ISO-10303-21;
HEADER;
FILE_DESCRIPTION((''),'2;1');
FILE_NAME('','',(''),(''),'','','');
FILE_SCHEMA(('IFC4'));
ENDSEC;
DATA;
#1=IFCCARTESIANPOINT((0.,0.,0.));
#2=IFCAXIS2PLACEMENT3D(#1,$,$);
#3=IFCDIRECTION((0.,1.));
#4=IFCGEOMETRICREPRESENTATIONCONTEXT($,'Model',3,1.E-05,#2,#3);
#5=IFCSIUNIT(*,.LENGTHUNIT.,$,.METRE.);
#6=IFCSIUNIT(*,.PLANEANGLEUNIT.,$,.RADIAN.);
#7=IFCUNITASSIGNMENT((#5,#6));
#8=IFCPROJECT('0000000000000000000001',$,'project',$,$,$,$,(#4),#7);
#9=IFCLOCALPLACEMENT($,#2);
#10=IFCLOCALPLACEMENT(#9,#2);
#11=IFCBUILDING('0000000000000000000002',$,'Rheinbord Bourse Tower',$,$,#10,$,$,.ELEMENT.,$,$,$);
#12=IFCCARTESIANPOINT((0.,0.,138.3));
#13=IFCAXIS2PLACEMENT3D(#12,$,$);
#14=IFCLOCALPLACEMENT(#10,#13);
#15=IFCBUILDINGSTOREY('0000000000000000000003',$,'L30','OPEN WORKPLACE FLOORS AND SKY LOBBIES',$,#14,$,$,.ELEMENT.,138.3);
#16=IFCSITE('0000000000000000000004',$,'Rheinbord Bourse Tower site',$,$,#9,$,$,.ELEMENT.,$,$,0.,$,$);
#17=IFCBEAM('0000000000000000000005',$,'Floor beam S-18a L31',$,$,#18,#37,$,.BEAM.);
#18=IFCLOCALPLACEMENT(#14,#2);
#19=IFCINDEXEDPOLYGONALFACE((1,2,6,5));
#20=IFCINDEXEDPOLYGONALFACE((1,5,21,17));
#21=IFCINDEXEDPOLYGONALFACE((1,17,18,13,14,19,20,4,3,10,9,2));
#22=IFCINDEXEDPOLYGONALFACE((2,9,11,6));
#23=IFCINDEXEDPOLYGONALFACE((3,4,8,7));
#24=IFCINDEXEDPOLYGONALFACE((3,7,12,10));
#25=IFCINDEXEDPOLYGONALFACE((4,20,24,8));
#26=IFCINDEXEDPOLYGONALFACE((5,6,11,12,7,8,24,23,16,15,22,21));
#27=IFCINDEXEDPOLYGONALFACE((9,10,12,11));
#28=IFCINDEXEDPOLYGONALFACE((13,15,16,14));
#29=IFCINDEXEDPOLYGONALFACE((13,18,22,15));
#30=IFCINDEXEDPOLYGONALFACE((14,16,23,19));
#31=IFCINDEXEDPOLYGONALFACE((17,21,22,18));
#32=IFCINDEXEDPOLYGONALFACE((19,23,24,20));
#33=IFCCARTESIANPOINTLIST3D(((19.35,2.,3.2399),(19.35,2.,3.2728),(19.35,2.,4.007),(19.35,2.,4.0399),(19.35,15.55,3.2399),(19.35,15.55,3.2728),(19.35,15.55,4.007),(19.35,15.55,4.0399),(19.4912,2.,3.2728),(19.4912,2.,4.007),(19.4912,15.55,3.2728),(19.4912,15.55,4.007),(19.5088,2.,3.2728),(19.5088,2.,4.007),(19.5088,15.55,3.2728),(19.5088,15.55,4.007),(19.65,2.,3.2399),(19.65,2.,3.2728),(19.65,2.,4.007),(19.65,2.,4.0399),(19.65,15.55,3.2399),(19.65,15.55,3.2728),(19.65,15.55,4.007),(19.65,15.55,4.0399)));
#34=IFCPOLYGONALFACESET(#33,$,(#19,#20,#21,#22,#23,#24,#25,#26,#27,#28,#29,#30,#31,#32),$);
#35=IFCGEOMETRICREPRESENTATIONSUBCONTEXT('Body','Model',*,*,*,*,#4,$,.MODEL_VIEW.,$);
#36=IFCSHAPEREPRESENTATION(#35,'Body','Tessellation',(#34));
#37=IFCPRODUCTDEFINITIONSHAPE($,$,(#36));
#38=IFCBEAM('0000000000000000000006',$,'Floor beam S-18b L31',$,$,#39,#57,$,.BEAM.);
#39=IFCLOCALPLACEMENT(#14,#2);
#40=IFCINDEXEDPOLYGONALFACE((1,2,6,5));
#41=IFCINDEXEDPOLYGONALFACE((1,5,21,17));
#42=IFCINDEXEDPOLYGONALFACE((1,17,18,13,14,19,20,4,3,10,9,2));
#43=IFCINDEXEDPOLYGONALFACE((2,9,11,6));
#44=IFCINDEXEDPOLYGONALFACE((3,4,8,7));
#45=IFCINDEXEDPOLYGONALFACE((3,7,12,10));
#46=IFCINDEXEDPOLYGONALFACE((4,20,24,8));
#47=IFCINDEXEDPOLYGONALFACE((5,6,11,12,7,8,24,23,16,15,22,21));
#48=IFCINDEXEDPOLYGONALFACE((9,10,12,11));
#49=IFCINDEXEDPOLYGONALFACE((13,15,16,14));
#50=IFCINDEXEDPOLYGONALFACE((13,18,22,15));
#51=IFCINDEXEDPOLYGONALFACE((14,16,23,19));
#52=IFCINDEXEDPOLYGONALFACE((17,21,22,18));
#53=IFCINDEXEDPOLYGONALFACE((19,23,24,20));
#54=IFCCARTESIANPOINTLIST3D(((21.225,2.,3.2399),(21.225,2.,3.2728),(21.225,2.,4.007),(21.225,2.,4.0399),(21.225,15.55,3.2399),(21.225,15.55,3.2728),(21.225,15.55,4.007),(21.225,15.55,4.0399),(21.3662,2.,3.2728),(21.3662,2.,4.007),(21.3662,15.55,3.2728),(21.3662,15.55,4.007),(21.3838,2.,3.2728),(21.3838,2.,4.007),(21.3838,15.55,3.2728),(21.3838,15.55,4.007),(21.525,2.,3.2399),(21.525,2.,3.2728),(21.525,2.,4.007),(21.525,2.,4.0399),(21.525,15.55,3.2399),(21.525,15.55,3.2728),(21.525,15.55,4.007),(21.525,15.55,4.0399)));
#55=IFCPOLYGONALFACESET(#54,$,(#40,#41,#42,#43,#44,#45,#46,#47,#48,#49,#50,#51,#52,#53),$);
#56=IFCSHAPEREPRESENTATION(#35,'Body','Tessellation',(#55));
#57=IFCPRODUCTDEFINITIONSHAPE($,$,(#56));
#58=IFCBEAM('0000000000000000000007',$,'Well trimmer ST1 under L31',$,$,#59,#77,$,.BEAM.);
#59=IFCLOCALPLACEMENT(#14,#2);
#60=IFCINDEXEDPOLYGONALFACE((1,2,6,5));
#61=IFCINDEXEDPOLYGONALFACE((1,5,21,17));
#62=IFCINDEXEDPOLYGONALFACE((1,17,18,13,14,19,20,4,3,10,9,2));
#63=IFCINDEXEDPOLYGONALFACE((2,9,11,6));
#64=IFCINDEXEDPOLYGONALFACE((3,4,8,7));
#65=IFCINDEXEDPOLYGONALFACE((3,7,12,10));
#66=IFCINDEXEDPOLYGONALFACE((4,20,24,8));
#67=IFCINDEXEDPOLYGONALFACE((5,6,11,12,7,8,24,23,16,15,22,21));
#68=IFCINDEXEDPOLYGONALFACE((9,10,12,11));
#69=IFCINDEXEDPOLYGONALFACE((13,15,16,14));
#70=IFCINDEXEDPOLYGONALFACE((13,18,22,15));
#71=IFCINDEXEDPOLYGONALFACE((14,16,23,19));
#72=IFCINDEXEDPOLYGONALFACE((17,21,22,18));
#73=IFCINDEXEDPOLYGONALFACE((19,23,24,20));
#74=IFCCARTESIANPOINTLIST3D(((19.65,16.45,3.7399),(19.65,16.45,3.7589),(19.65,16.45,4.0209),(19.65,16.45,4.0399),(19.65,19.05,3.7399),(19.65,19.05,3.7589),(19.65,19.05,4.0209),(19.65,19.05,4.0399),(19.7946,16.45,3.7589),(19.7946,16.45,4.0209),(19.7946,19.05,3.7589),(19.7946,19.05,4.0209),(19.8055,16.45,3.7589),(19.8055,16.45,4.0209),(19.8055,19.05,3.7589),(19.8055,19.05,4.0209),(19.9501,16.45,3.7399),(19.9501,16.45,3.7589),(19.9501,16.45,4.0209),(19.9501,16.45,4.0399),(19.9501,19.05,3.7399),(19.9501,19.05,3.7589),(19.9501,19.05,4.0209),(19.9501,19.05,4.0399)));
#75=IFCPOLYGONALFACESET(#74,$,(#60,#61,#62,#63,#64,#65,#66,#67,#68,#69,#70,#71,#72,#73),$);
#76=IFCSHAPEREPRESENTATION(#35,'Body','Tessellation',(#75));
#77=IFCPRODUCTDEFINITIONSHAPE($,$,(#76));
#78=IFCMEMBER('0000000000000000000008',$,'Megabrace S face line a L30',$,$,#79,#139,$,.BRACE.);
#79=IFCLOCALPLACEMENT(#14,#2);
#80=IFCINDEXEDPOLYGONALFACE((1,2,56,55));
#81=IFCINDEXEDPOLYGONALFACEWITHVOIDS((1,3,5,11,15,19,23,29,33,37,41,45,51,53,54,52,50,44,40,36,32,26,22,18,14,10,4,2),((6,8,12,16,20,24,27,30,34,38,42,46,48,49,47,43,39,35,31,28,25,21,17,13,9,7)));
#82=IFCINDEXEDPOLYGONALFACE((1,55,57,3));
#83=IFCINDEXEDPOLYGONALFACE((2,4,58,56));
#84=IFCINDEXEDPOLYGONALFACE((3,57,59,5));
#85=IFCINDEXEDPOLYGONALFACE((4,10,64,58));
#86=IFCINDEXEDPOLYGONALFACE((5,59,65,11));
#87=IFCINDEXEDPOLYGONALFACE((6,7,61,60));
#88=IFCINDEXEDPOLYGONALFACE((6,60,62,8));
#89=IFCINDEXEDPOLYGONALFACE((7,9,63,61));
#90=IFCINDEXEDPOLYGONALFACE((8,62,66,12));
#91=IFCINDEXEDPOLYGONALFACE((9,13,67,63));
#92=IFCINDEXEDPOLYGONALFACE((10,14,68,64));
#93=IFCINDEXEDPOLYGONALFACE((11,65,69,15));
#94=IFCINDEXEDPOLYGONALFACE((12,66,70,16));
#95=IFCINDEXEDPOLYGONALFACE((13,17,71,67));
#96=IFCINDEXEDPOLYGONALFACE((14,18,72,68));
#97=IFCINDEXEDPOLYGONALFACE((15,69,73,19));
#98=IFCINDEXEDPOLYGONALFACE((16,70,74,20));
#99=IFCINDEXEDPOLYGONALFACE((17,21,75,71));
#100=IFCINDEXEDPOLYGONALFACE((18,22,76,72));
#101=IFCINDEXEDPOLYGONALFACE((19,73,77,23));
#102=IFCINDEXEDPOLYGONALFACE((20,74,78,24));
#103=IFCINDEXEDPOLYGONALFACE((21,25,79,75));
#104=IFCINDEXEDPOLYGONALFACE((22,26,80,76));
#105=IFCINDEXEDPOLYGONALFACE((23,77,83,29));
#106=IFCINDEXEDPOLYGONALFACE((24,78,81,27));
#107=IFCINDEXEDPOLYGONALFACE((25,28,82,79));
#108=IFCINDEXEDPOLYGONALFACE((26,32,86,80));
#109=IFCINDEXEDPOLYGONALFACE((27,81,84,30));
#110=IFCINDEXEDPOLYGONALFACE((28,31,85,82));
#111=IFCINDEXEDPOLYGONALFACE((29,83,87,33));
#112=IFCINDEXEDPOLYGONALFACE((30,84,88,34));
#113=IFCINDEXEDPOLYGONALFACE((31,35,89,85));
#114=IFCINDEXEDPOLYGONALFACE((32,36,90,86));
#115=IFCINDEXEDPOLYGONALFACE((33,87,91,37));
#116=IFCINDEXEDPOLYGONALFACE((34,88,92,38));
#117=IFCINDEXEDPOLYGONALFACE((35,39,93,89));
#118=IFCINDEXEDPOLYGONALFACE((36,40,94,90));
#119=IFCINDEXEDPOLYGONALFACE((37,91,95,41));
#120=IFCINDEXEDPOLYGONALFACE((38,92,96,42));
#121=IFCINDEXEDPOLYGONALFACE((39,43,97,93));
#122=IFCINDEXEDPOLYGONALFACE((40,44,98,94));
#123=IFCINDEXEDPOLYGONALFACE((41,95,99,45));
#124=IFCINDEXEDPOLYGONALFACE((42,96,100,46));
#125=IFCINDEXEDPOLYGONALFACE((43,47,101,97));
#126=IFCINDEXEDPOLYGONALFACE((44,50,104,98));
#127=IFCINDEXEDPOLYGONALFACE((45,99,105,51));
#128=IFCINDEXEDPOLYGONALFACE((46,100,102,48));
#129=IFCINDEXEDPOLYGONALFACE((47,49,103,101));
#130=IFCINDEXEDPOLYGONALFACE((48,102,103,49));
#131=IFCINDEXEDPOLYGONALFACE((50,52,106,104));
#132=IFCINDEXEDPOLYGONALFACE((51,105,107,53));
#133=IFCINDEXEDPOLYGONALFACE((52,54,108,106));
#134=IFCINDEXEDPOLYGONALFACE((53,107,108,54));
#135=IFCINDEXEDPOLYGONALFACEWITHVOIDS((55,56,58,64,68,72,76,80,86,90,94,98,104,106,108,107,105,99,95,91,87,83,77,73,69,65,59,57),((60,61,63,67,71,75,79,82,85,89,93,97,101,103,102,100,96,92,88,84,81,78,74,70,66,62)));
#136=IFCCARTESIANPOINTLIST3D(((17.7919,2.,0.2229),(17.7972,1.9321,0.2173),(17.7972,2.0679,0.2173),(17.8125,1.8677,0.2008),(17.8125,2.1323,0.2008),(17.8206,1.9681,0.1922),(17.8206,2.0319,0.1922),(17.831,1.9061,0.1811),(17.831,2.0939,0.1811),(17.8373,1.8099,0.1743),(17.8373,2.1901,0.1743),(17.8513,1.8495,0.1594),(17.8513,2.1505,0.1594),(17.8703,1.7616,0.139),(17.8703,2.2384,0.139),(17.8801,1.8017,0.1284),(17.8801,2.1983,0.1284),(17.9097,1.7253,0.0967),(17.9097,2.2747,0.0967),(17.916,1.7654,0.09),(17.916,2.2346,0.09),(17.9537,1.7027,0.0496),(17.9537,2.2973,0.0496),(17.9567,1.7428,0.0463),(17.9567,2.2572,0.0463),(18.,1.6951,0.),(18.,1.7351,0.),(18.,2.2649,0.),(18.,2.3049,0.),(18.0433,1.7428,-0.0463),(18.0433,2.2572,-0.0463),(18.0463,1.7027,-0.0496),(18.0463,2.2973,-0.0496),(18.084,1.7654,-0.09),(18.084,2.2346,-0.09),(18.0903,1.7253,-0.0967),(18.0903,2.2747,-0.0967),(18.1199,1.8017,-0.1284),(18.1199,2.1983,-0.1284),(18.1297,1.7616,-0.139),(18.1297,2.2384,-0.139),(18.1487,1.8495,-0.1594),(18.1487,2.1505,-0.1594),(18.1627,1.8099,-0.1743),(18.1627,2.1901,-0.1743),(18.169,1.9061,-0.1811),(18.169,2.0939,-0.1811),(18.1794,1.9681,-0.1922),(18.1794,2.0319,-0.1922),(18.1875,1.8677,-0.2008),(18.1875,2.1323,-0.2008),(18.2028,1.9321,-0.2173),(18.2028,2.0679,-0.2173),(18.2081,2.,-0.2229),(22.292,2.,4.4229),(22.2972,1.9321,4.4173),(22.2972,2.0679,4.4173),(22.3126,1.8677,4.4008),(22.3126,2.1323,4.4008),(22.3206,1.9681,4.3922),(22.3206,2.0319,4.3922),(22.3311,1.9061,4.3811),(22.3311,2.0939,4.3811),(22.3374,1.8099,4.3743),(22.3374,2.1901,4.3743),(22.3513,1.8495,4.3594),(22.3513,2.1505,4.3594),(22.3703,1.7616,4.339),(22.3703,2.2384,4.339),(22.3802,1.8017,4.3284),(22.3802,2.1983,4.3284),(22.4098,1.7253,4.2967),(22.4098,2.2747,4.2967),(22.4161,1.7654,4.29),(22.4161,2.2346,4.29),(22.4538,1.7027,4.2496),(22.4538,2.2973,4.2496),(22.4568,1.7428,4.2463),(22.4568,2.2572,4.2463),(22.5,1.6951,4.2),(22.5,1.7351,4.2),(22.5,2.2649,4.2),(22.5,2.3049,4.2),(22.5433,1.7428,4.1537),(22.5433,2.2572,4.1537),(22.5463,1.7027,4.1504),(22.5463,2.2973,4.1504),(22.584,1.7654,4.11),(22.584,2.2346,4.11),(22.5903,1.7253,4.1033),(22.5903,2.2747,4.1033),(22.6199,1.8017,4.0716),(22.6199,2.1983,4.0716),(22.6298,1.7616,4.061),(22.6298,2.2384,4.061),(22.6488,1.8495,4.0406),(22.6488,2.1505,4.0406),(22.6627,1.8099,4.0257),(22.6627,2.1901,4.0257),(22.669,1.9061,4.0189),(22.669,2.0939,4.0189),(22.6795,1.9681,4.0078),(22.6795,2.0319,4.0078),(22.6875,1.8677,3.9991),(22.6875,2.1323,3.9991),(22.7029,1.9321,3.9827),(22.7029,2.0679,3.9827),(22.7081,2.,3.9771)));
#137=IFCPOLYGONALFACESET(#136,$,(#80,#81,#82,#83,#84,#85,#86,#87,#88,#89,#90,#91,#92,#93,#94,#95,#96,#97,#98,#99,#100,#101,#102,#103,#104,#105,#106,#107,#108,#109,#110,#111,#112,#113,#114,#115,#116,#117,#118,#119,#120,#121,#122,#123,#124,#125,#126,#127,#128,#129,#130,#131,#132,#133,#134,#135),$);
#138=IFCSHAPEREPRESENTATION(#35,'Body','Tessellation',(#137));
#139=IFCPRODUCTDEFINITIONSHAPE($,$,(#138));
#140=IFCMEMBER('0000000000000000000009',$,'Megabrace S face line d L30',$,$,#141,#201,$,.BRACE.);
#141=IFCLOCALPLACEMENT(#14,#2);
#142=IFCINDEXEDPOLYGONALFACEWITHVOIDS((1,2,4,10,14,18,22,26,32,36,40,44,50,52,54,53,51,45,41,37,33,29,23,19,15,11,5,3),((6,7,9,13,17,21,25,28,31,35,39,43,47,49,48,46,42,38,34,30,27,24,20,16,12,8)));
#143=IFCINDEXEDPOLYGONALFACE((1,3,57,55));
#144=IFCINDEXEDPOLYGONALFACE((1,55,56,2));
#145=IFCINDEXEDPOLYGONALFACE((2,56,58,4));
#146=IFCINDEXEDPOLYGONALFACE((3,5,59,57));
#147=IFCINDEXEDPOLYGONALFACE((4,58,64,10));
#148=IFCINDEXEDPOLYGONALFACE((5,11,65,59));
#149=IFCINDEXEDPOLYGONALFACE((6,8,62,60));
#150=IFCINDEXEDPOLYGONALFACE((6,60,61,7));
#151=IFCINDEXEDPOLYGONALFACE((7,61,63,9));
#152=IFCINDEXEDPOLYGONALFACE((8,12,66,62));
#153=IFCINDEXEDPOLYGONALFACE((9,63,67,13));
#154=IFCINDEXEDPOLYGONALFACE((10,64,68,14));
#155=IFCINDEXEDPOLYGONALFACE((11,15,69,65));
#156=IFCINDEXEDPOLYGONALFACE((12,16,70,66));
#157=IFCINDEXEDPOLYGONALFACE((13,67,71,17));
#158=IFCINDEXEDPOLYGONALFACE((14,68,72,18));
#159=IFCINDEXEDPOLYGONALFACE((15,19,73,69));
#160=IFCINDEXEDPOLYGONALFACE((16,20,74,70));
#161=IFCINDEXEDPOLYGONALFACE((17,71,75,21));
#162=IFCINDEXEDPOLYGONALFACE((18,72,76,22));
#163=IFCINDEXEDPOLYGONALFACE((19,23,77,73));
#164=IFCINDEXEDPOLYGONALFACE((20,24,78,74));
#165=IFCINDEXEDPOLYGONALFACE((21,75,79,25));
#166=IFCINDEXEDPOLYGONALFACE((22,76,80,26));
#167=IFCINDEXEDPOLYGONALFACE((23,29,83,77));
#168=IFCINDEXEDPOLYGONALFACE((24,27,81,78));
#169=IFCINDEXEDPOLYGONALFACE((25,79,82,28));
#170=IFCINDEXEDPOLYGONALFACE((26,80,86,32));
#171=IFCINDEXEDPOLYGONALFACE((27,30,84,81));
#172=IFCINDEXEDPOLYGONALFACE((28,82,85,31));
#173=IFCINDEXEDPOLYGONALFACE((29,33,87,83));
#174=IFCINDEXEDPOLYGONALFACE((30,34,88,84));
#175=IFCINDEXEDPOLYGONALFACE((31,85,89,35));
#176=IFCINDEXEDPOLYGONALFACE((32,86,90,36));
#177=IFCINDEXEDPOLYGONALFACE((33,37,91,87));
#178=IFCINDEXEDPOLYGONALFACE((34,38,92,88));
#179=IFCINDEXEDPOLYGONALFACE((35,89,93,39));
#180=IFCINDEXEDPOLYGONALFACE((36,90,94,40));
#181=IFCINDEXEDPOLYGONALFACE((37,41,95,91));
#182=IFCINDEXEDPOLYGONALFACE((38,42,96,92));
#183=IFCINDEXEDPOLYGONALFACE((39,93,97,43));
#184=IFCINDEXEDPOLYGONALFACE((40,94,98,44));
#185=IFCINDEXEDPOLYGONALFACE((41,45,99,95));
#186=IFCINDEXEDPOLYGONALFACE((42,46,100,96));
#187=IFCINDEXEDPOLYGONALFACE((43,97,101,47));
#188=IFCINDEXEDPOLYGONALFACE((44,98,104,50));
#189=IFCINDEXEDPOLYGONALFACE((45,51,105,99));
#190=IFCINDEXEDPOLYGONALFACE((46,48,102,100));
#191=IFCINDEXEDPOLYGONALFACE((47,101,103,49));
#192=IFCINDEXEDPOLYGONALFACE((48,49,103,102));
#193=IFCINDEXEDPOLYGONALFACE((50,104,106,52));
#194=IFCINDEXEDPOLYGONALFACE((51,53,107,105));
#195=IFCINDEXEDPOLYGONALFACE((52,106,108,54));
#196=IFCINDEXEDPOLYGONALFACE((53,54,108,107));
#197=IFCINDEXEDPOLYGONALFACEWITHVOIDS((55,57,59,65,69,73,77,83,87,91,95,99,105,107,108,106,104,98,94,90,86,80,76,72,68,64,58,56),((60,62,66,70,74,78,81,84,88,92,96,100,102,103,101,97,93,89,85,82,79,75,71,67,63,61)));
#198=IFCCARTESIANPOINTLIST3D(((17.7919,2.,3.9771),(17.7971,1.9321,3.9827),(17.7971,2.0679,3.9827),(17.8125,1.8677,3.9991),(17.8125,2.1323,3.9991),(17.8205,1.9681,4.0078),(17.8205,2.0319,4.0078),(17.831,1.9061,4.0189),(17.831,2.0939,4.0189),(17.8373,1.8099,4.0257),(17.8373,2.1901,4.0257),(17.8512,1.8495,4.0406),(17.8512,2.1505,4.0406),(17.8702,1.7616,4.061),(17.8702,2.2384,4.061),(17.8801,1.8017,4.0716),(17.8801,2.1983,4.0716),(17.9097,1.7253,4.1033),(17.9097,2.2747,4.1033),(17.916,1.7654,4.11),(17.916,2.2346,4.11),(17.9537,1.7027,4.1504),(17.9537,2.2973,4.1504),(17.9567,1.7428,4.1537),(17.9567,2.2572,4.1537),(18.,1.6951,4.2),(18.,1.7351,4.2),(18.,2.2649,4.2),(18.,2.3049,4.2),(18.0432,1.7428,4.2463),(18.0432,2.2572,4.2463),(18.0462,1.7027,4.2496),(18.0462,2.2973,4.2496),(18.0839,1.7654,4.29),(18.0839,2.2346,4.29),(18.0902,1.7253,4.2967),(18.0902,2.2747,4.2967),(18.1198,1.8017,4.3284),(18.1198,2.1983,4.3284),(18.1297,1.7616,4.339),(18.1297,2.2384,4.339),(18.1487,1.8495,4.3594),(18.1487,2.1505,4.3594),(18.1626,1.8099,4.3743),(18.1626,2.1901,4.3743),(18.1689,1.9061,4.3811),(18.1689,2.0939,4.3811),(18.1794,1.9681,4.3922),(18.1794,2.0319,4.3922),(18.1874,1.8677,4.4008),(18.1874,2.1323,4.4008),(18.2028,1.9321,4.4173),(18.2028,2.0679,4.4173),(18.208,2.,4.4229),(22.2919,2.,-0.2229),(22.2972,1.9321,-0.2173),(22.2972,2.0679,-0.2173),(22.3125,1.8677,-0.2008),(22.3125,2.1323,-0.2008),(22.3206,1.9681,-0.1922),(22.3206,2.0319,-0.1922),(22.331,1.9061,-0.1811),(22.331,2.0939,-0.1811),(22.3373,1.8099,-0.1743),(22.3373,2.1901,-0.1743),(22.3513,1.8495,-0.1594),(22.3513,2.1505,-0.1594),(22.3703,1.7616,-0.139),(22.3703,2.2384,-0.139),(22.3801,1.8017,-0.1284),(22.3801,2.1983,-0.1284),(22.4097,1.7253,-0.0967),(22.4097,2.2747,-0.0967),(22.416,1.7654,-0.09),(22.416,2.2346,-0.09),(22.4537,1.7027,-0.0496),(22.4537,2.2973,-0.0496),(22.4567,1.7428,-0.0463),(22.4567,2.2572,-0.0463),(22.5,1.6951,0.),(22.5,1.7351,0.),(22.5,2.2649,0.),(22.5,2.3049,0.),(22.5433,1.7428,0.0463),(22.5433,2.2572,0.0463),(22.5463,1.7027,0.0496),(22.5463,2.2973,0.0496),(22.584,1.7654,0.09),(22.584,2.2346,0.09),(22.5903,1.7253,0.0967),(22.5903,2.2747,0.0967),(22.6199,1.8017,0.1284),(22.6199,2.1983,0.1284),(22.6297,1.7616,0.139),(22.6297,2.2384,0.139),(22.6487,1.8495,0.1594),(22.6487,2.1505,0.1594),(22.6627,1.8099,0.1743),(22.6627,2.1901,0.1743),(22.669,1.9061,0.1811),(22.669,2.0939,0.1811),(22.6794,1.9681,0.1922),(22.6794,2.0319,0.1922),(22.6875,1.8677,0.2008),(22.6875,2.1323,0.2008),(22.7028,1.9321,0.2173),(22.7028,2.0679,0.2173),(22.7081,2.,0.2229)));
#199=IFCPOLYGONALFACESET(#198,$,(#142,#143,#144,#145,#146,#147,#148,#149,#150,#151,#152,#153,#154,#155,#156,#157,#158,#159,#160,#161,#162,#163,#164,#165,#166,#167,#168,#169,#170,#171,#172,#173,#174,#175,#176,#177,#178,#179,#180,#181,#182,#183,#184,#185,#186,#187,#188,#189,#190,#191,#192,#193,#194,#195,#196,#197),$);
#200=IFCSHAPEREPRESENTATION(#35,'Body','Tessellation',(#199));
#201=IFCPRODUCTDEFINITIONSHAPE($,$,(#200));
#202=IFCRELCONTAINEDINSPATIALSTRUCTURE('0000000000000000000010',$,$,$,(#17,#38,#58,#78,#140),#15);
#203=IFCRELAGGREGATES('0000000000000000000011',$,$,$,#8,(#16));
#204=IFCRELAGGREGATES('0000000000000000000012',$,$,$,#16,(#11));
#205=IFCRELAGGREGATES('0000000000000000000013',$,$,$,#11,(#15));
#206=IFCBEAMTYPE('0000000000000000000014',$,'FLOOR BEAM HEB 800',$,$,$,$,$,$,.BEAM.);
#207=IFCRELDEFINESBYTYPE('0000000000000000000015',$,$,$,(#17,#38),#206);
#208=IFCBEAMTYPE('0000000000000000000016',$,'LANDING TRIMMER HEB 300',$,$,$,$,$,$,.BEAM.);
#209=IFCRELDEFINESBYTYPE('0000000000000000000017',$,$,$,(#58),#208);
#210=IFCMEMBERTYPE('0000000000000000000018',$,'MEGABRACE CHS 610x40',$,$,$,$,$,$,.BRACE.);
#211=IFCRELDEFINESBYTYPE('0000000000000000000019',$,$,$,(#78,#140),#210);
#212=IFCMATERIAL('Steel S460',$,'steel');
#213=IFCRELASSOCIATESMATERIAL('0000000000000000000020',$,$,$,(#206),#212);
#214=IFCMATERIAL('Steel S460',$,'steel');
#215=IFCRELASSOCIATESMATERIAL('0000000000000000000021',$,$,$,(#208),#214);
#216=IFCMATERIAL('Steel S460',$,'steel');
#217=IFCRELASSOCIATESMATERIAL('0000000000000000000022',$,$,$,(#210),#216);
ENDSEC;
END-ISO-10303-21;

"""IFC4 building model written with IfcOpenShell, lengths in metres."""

from ifc_helpers import new_model, si_unit, direction, frame, origin, origin_2d, place, context, subcontext, project, spatial, hollow_circle, i_section, extrude, material, material_profile, profile_set, type_object, element, save


model = new_model("IFC4")

# Units and contexts
model_context = context("Model", 3, precision=1e-05, world=origin(), true_north=direction((0.0, 1.0)))
body_context = subcontext(model_context, "Body", "Model", "MODEL_VIEW")
ifc_project = project(units=[si_unit("LENGTHUNIT", "METRE"), si_unit("PLANEANGLEUNIT", "RADIAN")], contexts=[model_context])

# Site, building, storey
site_placement = place(None, origin())
site = spatial("IfcSite", under=ifc_project, at=site_placement, Name="Rheinbord Bourse Tower site", CompositionType="ELEMENT", RefElevation=0.0)
building_placement = place(site_placement, origin())
building = spatial("IfcBuilding", under=site, at=building_placement, Name="Rheinbord Bourse Tower", CompositionType="ELEMENT")
storey_placement = place(building_placement, frame((0.0, 0.0, 138.3)))
storey = spatial("IfcBuildingStorey", under=building, at=storey_placement, Name="L30", Description="OPEN WORKPLACE FLOORS AND SKY LOBBIES", CompositionType="ELEMENT", Elevation=138.3)

# Beams
ifc_material_1 = material(Name="Steel S460", Category="steel")
ifc_material_profile_1 = material_profile(ifc_material_1, i_section(OverallWidth=0.3, OverallDepth=0.8, WebThickness=0.0176, FlangeThickness=0.033, at=origin_2d()), Name="HEB 800")
ifc_profile_set_1 = profile_set([ifc_material_profile_1], Name="Steel S460")
beam_type_1 = type_object("IfcBeamType", Name="FLOOR BEAM HEB 800", PredefinedType="BEAM", material=ifc_profile_set_1)
for number, where, z_axis, x_axis, name in (
    (1, (19.5, 2.0, 3.6399), (0.0, 1.0, 0.0), (-1.0, 0.0, 0.0), "Floor beam S-18a L31"),
    (2, (21.375, 2.0, 3.6399), (0.0, 1.0, 0.0), (-1.0, 0.0, 0.0), "Floor beam S-18b L31"),
):
    element("IfcBeam", number, at=place(storey_placement, frame(where, z_axis=z_axis, x_axis=x_axis)), inside=storey, type_object=beam_type_1, Name=name, PredefinedType="BEAM", context=body_context, shape_type="SweptSolid", body=[
        extrude(i_section(OverallWidth=0.3, OverallDepth=0.8, WebThickness=0.0176, FlangeThickness=0.033, at=origin_2d()), origin(), (0.0, 0.0, 1.0), 13.55),
    ])
ifc_material_2 = material(Name="Steel S460", Category="steel")
ifc_material_profile_2 = material_profile(ifc_material_2, i_section(OverallWidth=0.3, OverallDepth=0.3, WebThickness=0.011, FlangeThickness=0.019, at=origin_2d()), Name="HEB 300")
ifc_profile_set_2 = profile_set([ifc_material_profile_2], Name="Steel S460")
beam_type_2 = type_object("IfcBeamType", Name="LANDING TRIMMER HEB 300", PredefinedType="BEAM", material=ifc_profile_set_2)
beam_placement = place(storey_placement, frame((19.8, 16.45, 3.8899), z_axis=(0.0, 1.0, 0.0), x_axis=(-1.0, 0.0, 0.0)))
element("IfcBeam", 3, at=beam_placement, inside=storey, type_object=beam_type_2, Name="Well trimmer ST1 under L31", PredefinedType="BEAM", context=body_context, shape_type="SweptSolid", body=[
    extrude(i_section(OverallWidth=0.3, OverallDepth=0.3, WebThickness=0.011, FlangeThickness=0.019, at=origin_2d()), origin(), (0.0, 0.0, 1.0), 2.6001),
])

# Members
ifc_material_3 = material(Name="Steel S460", Category="steel")
ifc_material_profile_3 = material_profile(ifc_material_3, hollow_circle(Radius=0.3049, WallThickness=0.04, at=origin_2d()), Name="CHS 610x40")
ifc_profile_set_3 = profile_set([ifc_material_profile_3], Name="Steel S460")
member_type_1 = type_object("IfcMemberType", Name="MEGABRACE CHS 610x40", PredefinedType="BRACE", material=ifc_profile_set_3)
for number, where, z_axis, x_axis, name in (
    (4, (18.0, 2.0, 0.0), (0.731059, 0.0, 0.682314), (0.0, 1.0, 0.0), "Megabrace S face line a L30"),
    (5, (22.5, 2.0, 0.0), (-0.731059, 0.0, 0.682314), (0.0, -1.0, 0.0), "Megabrace S face line d L30"),
):
    element("IfcMember", number, at=place(storey_placement, frame(where, z_axis=z_axis, x_axis=x_axis)), inside=storey, type_object=member_type_1, Name=name, PredefinedType="BRACE", context=body_context, shape_type="SweptSolid", body=[
        extrude(hollow_circle(Radius=0.3049, WallThickness=0.04, at=origin_2d()), origin(), (0.0, 0.0, 1.0), 6.1555),
    ])

save(model, "model.ifc")
